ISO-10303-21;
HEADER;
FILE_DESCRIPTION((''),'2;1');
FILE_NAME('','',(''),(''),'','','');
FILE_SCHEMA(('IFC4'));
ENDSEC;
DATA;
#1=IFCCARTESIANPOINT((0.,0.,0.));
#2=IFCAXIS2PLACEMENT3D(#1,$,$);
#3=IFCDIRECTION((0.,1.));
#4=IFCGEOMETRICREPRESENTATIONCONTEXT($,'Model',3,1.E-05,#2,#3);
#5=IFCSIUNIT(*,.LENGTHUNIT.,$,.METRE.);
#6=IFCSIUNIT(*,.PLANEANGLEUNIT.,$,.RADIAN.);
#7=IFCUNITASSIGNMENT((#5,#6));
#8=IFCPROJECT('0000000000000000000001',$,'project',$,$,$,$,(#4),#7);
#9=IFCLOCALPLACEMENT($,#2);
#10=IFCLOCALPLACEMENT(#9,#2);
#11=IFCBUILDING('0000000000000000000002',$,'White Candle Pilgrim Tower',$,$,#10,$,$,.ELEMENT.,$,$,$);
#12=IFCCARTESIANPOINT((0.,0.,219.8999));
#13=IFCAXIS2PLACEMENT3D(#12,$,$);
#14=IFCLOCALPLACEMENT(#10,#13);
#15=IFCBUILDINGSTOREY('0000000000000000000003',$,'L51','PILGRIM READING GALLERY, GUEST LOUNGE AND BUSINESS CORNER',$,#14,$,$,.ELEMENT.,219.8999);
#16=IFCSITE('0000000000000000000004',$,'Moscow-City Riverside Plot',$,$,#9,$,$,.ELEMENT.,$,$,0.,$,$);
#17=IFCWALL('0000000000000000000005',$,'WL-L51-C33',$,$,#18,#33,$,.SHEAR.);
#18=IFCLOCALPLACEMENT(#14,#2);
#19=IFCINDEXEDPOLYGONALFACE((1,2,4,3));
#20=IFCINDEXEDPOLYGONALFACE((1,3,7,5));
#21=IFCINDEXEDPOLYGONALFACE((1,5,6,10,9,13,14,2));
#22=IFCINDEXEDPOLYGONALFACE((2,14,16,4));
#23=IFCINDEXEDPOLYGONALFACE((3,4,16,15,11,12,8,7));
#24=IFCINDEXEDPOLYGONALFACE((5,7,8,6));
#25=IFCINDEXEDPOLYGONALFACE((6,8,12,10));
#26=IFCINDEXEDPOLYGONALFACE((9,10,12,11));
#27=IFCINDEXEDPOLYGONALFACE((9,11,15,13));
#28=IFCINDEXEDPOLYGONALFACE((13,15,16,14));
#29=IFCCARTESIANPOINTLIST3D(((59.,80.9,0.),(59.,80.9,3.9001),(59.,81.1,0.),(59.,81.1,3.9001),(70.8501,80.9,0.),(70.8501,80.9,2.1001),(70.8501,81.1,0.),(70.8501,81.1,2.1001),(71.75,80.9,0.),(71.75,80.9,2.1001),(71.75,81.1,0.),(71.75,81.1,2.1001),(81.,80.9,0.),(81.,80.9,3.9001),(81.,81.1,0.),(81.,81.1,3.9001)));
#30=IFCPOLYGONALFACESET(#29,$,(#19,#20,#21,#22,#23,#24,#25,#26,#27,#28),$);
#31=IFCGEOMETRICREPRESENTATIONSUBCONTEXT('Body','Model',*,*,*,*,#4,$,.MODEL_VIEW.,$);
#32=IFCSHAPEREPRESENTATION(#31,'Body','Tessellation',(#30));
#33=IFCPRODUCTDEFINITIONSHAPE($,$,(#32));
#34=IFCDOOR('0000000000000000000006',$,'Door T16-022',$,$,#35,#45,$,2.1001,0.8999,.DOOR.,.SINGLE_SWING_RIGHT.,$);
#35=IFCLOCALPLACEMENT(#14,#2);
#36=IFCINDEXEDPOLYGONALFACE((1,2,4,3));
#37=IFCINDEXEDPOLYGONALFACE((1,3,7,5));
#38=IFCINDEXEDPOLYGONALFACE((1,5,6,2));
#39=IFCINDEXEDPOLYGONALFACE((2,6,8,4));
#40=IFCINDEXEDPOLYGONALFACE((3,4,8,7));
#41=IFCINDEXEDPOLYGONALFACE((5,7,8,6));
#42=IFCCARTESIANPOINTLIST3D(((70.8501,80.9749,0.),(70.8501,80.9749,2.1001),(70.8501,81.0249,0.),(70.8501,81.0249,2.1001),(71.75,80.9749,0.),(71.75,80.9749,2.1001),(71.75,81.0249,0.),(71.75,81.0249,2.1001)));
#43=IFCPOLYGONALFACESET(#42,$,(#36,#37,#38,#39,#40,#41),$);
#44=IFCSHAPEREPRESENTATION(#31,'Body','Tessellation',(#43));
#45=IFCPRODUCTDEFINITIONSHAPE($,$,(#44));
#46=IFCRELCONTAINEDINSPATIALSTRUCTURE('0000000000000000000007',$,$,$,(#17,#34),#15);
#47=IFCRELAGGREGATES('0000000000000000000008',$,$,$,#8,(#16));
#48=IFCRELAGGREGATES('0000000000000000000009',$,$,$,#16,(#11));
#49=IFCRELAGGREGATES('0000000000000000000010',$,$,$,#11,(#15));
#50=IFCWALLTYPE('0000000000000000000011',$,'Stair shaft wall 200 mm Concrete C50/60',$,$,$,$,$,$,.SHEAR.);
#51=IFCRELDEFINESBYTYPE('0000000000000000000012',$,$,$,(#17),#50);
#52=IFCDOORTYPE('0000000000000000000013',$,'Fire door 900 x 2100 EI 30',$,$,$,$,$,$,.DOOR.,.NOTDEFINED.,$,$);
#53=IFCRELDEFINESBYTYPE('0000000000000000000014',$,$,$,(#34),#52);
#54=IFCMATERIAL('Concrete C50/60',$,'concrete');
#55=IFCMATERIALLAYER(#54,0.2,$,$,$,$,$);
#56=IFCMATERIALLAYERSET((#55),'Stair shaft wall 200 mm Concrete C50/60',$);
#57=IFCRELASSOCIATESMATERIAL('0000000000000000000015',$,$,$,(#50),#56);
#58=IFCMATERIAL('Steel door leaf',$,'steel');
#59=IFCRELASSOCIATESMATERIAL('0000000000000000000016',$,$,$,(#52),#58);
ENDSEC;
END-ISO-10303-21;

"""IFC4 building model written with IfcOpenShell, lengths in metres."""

from ifc_helpers import new_model, si_unit, direction, frame, frame_2d, origin, place, context, subcontext, project, spatial, rectangle, extrude, material, layer, layer_set, type_object, element, fill, save


model = new_model("IFC4")

# Units and contexts
model_context = context("Model", 3, precision=1e-05, world=origin(), true_north=direction((0.0, 1.0)))
body_context = subcontext(model_context, "Body", "Model", "MODEL_VIEW")
ifc_project = project(units=[si_unit("LENGTHUNIT", "METRE"), si_unit("PLANEANGLEUNIT", "RADIAN")], contexts=[model_context])

# Site, building, storey
site_placement = place(None, origin())
site = spatial("IfcSite", under=ifc_project, at=site_placement, Name="Moscow-City Riverside Plot", CompositionType="ELEMENT", RefElevation=0.0)
building_placement = place(site_placement, origin())
building = spatial("IfcBuilding", under=site, at=building_placement, Name="White Candle Pilgrim Tower", CompositionType="ELEMENT")
storey_placement = place(building_placement, frame((0.0, 0.0, 219.8999)))
storey = spatial("IfcBuildingStorey", under=building, at=storey_placement, Name="L51", Description="PILGRIM READING GALLERY, GUEST LOUNGE AND BUSINESS CORNER", CompositionType="ELEMENT", Elevation=219.8999)

# Shared definitions
ifc_material_1 = material(Name="Concrete C50/60", Category="concrete")

# Wall, opening, door
ifc_layer_1 = layer(ifc_material_1, 0.2)
ifc_layer_set_1 = layer_set([ifc_layer_1], Name="Stair shaft wall 200 mm Concrete C50/60")
wall_type_1 = type_object("IfcWallType", Name="Stair shaft wall 200 mm Concrete C50/60", PredefinedType="SHEAR", material=ifc_layer_set_1)
wall_1_placement = place(storey_placement, frame((59.0, 81.0, 0.0), z_axis=(0.0, 0.0, 1.0), x_axis=(1.0, 0.0, 0.0)))
wall_1 = element("IfcWall", 1, at=wall_1_placement, inside=storey, type_object=wall_type_1, Name="WL-L51-C33", PredefinedType="SHEAR", context=body_context, shape_type="SweptSolid", body=[
    extrude(rectangle(XDim=22.0, YDim=0.2, at=frame_2d((11.0, 0.0))), origin(), (0.0, 0.0, 1.0), 3.9001),
])
opening_1_placement = place(wall_1_placement, frame((11.8501, 0.0, 0.0)))
opening_1 = element("IfcOpeningElement", 2, at=opening_1_placement, cuts=wall_1, PredefinedType="OPENING", context=body_context, shape_type="SweptSolid", body=[
    extrude(rectangle(XDim=0.8999, YDim=2.1001, at=frame_2d((0.45, 1.05))), frame((0.0, 0.1099, 0.0), z_axis=(0.0, -1.0, 0.0), x_axis=(1.0, 0.0, 0.0)), (0.0, 0.0, 1.0), 0.22),
])
ifc_material_2 = material(Name="Steel door leaf", Category="steel")
door_type = type_object("IfcDoorType", Name="Fire door 900 x 2100 EI 30", OperationType="NOTDEFINED", PredefinedType="DOOR", material=ifc_material_2)
door_placement = place(opening_1_placement, origin())
door = element("IfcDoor", 3, at=door_placement, inside=storey, type_object=door_type, Name="Door T16-022", OperationType="SINGLE_SWING_RIGHT", OverallHeight=2.1001, OverallWidth=0.8999, PredefinedType="DOOR", context=body_context, shape_type="SweptSolid", body=[
    extrude(rectangle(XDim=0.8999, YDim=2.1001, at=frame_2d((0.45, 1.05))), frame((0.0, 0.0249, 0.0), z_axis=(0.0, -1.0, 0.0), x_axis=(1.0, 0.0, 0.0)), (0.0, 0.0, 1.0), 0.05),
])
fill(opening_1, door)

save(model, "model.ifc")
